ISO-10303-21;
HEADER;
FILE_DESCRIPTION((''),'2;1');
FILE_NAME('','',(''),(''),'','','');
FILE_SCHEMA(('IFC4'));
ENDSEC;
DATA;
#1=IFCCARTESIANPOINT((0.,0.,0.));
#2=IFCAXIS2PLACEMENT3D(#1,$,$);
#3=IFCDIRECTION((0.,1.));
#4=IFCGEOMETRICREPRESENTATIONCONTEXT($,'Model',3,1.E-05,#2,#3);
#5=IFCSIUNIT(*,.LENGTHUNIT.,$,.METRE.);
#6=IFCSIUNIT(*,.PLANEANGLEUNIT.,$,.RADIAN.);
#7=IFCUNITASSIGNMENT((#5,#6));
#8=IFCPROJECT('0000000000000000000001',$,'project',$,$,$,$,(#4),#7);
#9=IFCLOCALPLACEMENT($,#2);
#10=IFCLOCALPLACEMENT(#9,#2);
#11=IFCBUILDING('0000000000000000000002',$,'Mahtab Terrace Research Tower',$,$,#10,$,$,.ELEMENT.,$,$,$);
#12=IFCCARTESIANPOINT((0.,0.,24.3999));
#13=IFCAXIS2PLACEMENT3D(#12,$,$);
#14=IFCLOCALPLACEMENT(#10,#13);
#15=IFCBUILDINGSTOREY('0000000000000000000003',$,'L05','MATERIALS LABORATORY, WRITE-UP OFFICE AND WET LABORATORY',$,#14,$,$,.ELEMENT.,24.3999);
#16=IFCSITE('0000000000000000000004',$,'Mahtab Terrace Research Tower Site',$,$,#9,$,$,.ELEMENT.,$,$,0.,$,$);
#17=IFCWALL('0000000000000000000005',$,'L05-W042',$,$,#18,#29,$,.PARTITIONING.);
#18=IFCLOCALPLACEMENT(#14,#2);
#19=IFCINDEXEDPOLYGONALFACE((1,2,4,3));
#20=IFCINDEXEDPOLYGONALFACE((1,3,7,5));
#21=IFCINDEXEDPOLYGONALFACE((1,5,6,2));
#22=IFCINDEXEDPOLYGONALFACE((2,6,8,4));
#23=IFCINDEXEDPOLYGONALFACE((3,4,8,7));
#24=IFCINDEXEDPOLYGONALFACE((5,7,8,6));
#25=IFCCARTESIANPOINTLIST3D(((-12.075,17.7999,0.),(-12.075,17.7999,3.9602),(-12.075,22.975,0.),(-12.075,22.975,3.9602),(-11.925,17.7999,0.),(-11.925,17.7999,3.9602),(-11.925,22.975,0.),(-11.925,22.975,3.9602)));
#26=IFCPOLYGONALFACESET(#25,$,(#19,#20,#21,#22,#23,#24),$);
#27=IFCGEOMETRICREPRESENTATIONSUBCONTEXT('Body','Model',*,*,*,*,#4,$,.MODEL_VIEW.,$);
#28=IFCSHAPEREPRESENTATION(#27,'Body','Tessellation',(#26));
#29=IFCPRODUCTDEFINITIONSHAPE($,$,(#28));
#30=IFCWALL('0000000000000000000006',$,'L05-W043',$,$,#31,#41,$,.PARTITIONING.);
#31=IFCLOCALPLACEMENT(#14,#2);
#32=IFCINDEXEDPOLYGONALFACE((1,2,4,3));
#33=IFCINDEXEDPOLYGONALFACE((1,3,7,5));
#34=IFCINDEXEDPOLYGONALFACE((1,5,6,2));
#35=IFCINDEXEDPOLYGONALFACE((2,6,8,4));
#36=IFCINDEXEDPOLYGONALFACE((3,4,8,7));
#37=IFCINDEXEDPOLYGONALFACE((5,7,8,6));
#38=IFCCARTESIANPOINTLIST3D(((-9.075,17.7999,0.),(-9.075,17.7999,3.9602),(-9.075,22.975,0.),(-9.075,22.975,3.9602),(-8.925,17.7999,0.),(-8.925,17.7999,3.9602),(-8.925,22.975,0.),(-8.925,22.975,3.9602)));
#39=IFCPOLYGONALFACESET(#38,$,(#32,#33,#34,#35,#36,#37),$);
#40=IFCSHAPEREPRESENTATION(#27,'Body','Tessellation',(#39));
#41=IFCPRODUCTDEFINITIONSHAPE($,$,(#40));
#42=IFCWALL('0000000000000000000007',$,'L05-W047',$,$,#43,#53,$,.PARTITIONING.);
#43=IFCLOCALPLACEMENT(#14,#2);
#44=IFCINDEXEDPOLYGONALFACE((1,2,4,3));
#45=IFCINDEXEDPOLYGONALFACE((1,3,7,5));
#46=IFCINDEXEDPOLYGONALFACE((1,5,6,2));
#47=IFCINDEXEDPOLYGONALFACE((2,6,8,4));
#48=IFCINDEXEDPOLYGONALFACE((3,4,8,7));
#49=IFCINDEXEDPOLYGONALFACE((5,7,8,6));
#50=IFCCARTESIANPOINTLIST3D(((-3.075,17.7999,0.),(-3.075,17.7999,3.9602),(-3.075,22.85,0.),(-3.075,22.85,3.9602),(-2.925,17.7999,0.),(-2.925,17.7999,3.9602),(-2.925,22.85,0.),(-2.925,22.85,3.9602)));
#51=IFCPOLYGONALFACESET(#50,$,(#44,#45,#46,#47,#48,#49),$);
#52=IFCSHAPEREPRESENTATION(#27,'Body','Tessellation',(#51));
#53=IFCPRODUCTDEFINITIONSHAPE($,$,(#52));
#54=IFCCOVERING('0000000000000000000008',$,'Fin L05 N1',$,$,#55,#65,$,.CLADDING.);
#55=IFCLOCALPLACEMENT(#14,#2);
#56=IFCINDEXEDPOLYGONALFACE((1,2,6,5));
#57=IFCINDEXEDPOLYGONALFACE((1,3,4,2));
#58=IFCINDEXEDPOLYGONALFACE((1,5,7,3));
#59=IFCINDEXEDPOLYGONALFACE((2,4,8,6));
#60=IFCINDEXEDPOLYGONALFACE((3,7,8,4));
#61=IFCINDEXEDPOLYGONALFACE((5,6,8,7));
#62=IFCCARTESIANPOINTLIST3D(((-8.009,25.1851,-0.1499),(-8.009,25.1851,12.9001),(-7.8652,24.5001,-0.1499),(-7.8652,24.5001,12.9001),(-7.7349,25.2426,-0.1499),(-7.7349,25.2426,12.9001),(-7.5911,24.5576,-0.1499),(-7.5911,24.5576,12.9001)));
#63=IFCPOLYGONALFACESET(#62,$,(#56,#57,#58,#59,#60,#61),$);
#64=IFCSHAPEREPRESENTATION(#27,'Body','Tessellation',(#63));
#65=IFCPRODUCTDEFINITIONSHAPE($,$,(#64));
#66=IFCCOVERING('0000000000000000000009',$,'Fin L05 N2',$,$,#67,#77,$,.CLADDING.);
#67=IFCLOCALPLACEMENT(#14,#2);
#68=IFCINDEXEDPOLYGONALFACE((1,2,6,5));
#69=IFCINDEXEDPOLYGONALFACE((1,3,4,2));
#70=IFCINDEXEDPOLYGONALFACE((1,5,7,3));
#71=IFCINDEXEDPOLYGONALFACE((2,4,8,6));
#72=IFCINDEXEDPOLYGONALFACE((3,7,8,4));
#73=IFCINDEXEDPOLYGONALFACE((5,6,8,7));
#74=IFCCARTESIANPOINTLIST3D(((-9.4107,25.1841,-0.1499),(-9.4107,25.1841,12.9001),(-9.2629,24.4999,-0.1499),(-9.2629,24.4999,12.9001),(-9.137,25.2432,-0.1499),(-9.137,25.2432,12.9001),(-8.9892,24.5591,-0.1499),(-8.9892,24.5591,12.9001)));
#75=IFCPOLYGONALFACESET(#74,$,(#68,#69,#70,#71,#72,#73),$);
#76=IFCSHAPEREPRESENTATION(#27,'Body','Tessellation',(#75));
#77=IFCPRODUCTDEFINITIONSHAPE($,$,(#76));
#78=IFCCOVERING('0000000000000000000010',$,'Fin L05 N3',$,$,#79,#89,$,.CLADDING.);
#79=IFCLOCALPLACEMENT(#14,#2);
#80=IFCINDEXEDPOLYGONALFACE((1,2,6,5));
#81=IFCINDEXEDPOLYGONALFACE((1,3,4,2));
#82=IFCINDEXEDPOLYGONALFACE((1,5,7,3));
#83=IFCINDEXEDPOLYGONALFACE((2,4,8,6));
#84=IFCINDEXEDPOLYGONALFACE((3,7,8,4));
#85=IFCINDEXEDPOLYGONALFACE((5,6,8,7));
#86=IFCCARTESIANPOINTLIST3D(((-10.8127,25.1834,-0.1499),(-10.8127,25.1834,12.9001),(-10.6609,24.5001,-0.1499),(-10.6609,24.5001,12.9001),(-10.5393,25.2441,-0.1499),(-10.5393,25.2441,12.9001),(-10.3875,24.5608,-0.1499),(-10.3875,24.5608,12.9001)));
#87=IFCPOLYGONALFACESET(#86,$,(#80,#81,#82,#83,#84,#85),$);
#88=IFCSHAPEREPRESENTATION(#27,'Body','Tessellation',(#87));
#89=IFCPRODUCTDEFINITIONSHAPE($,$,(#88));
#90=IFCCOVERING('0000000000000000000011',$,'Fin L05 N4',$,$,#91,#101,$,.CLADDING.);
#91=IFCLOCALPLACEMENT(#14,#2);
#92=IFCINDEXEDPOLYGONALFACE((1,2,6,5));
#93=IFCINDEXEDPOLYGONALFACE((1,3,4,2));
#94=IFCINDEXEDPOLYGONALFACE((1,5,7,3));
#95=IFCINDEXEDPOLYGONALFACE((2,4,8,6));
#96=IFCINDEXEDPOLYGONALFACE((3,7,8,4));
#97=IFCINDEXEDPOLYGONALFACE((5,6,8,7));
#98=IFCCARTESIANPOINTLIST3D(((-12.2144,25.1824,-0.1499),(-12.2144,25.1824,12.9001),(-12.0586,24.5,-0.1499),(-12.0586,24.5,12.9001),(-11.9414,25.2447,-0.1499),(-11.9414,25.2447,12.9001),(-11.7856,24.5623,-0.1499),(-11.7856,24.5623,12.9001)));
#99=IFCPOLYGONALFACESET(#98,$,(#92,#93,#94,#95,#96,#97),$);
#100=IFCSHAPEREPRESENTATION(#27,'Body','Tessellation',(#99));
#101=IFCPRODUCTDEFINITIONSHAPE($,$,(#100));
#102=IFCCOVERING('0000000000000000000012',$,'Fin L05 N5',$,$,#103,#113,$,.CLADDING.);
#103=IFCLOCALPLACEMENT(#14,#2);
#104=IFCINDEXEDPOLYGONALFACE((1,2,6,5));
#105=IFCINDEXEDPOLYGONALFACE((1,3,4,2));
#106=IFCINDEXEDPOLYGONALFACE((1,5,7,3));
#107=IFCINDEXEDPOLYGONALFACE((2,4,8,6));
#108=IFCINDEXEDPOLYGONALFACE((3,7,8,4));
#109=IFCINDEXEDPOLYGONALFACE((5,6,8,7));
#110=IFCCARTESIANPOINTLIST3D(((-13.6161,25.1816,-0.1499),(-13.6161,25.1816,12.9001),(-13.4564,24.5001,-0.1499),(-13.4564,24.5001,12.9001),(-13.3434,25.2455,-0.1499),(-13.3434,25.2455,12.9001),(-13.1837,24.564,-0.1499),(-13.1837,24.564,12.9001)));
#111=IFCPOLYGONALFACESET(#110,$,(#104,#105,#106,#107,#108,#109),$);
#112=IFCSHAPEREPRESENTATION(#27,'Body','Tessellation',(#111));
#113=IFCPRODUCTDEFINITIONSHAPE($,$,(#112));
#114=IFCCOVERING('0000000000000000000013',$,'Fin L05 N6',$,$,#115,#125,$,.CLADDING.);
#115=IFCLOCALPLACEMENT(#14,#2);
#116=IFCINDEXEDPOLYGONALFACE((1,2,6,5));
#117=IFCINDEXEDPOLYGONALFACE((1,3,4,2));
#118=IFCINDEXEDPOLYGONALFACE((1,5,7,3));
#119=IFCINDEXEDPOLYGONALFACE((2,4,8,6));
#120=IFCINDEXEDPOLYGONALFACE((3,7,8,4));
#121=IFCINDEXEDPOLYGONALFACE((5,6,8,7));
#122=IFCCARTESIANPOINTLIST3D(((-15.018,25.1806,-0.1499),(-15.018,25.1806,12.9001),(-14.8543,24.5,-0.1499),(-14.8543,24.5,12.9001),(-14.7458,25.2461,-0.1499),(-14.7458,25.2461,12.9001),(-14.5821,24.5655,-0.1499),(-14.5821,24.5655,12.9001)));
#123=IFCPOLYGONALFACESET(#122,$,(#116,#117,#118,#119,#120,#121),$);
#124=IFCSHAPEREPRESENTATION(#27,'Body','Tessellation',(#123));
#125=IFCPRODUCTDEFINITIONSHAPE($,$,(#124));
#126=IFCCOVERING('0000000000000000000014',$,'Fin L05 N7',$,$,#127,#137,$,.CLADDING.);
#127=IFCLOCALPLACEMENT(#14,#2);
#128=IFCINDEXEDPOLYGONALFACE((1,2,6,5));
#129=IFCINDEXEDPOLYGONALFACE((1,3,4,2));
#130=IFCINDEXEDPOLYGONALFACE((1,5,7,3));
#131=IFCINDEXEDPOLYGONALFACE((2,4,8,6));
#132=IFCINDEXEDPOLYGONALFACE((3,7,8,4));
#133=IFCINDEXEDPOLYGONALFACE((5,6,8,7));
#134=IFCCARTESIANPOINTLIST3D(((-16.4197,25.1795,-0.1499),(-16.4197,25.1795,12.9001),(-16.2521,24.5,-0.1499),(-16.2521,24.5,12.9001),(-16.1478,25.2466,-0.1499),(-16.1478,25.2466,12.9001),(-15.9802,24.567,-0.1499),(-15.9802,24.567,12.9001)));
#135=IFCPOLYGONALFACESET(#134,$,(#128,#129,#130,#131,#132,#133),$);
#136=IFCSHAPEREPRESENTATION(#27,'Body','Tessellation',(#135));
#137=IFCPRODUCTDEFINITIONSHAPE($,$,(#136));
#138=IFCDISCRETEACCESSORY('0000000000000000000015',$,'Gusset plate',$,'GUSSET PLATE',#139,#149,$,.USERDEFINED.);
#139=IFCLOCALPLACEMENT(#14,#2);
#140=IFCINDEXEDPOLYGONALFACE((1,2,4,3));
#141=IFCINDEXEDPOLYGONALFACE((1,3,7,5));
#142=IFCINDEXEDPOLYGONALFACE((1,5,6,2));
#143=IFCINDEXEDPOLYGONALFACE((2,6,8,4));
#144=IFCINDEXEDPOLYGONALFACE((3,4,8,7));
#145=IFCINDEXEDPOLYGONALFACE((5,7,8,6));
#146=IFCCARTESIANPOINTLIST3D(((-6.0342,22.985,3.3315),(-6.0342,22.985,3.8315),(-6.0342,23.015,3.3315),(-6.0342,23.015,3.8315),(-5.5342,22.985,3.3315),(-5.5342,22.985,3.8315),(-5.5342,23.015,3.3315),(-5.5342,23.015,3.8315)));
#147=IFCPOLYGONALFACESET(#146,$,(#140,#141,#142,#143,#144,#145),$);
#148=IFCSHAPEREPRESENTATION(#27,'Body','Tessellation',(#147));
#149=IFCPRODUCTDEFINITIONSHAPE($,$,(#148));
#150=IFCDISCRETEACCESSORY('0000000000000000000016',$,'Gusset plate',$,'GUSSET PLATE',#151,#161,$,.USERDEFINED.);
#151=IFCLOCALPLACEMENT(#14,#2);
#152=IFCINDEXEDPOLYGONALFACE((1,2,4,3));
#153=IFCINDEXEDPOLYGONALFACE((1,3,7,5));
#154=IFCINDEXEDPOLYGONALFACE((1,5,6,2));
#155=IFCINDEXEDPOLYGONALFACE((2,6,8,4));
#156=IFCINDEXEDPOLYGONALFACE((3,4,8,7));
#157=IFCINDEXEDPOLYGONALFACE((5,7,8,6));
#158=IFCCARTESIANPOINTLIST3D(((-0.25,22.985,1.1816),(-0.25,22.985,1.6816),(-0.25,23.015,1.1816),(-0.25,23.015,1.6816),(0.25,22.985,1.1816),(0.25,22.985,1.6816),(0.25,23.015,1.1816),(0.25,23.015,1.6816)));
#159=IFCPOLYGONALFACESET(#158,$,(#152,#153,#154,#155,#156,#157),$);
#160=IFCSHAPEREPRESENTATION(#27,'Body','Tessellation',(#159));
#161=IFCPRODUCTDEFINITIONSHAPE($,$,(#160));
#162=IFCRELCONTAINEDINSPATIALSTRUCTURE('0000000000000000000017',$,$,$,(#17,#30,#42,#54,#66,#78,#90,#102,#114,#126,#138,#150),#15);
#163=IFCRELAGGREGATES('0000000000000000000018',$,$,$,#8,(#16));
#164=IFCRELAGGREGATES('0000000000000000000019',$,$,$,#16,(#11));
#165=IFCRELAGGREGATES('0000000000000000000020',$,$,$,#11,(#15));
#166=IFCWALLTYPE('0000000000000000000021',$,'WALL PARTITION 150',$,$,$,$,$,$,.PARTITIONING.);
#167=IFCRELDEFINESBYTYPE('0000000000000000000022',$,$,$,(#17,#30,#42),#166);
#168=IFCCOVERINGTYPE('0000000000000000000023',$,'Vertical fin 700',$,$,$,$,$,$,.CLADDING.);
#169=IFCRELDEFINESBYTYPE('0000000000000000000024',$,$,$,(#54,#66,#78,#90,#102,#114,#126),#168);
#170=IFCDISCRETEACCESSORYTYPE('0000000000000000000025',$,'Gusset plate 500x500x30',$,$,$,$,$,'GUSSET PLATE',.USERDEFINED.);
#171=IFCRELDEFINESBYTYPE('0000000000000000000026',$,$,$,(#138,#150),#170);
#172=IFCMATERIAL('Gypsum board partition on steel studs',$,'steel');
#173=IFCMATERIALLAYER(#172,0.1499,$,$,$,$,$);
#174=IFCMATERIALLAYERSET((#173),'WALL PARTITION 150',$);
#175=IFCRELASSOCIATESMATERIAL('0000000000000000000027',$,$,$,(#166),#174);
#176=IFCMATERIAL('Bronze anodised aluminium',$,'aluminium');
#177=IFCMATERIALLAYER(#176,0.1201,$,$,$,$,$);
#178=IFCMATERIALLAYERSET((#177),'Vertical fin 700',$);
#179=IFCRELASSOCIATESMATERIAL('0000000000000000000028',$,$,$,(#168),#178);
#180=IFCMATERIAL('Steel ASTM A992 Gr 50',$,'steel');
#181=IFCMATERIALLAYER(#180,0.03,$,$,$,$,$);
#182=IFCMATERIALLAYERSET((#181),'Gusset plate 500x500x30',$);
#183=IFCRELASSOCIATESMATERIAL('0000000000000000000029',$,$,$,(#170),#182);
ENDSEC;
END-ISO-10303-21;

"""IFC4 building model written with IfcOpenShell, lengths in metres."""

from ifc_helpers import new_model, si_unit, direction, frame, frame_2d, origin, origin_2d, place, context, subcontext, project, spatial, rectangle, extrude, material, layer, layer_set, type_object, element, save


model = new_model("IFC4")

# Units and contexts
model_context = context("Model", 3, precision=1e-05, world=origin(), true_north=direction((0.0, 1.0)))
body_context = subcontext(model_context, "Body", "Model", "MODEL_VIEW")
ifc_project = project(units=[si_unit("LENGTHUNIT", "METRE"), si_unit("PLANEANGLEUNIT", "RADIAN")], contexts=[model_context])

# Site, building, storey
site_placement = place(None, origin())
site = spatial("IfcSite", under=ifc_project, at=site_placement, Name="Mahtab Terrace Research Tower Site", CompositionType="ELEMENT", RefElevation=0.0)
building_placement = place(site_placement, origin())
building = spatial("IfcBuilding", under=site, at=building_placement, Name="Mahtab Terrace Research Tower", CompositionType="ELEMENT")
storey_placement = place(building_placement, frame((0.0, 0.0, 24.3999)))
storey = spatial("IfcBuildingStorey", under=building, at=storey_placement, Name="L05", Description="MATERIALS LABORATORY, WRITE-UP OFFICE AND WET LABORATORY", CompositionType="ELEMENT", Elevation=24.3999)

# Shared definitions
ifc_material_1 = material(Name="Steel ASTM A992 Gr 50", Category="steel")

# Walls
ifc_material_2 = material(Name="Gypsum board partition on steel studs", Category="steel")
ifc_layer_1 = layer(ifc_material_2, 0.1499)
ifc_layer_set_1 = layer_set([ifc_layer_1], Name="WALL PARTITION 150")
wall_type_1 = type_object("IfcWallType", Name="WALL PARTITION 150", PredefinedType="PARTITIONING", material=ifc_layer_set_1)
for number, where, z_axis, x_axis, name in (
    (1, (-12.0, 17.8, 0.0), (0.0, 0.0, 1.0), (0.0, 1.0, 0.0), "L05-W042"),
    (2, (-9.0, 17.8, 0.0), (0.0, 0.0, 1.0), (0.0, 1.0, 0.0), "L05-W043"),
):
    element("IfcWall", number, at=place(storey_placement, frame(where, z_axis=z_axis, x_axis=x_axis)), inside=storey, type_object=wall_type_1, Name=name, PredefinedType="PARTITIONING", context=body_context, shape_type="SweptSolid", body=[
        extrude(rectangle(XDim=5.175, YDim=0.1499, at=frame_2d((2.5874, 0.0))), origin(), (0.0, 0.0, 1.0), 3.9602),
    ])
wall_1_placement = place(storey_placement, frame((-3.0, 17.8, 0.0), z_axis=(0.0, 0.0, 1.0), x_axis=(0.0, 1.0, 0.0)))
element("IfcWall", 3, at=wall_1_placement, inside=storey, type_object=wall_type_1, Name="L05-W047", PredefinedType="PARTITIONING", context=body_context, shape_type="SweptSolid", body=[
    extrude(rectangle(XDim=5.05, YDim=0.1499, at=frame_2d((2.5249, 0.0))), origin(), (0.0, 0.0, 1.0), 3.9602),
])

# Coverings
ifc_material_3 = material(Name="Bronze anodised aluminium", Category="aluminium")
ifc_layer_2 = layer(ifc_material_3, 0.1201)
ifc_layer_set_2 = layer_set([ifc_layer_2], Name="Vertical fin 700")
covering_type = type_object("IfcCoveringType", Name="Vertical fin 700", PredefinedType="CLADDING", material=ifc_layer_set_2)
for number, where, z_axis, x_axis, name in (
    (4, (-7.8, 24.8713, -0.1499), (0.0, 0.0, 1.0), (-0.978663, -0.205472, 0.0), "Fin L05 N1"),
    (5, (-9.2, 24.8716, -0.1499), (0.0, 0.0, 1.0), (-0.977451, -0.211162, 0.0), "Fin L05 N2"),
    (6, (-10.6001, 24.8721, -0.1499), (0.0, 0.0, 1.0), (-0.976206, -0.216845, 0.0), "Fin L05 N3"),
    (7, (-12.0, 24.8723, -0.1499), (0.0, 0.0, 1.0), (-0.974928, -0.222521, 0.0), "Fin L05 N4"),
    (8, (-13.3999, 24.8728, -0.1499), (0.0, 0.0, 1.0), (-0.973617, -0.228189, 0.0), "Fin L05 N5"),
    (9, (-14.8, 24.873, -0.1499), (0.0, 0.0, 1.0), (-0.972273, -0.233849, 0.0), "Fin L05 N6"),
    (10, (-16.2, 24.8733, -0.1499), (0.0, 0.0, 1.0), (-0.970896, -0.239502, 0.0), "Fin L05 N7"),
):
    element("IfcCovering", number, at=place(storey_placement, frame(where, z_axis=z_axis, x_axis=x_axis)), inside=storey, type_object=covering_type, Name=name, PredefinedType="CLADDING", context=body_context, shape_type="SweptSolid", body=[
        extrude(rectangle(XDim=0.28, YDim=0.7, at=origin_2d()), origin(), (0.0, 0.0, 1.0), 13.05),
    ])

# Discrete accessories
ifc_layer_3 = layer(ifc_material_1, 0.03)
ifc_layer_set_3 = layer_set([ifc_layer_3], Name="Gusset plate 500x500x30")
discrete_accessory_type = type_object("IfcDiscreteAccessoryType", Name="Gusset plate 500x500x30", ElementType="GUSSET PLATE", PredefinedType="USERDEFINED", material=ifc_layer_set_3)
for number, where, z_axis, x_axis, name in (
    (11, (-5.7842, 23.0, 3.3315), (0.0, 0.0, 1.0), (1.0, 0.0, 0.0), "Gusset plate"),
    (12, (0.0, 23.0, 1.1816), (0.0, 0.0, 1.0), (1.0, 0.0, 0.0), "Gusset plate"),
):
    element("IfcDiscreteAccessory", number, at=place(storey_placement, frame(where, z_axis=z_axis, x_axis=x_axis)), inside=storey, type_object=discrete_accessory_type, Name=name, ObjectType="GUSSET PLATE", PredefinedType="USERDEFINED", context=body_context, shape_type="SweptSolid", body=[
        extrude(rectangle(XDim=0.5, YDim=0.03, at=origin_2d()), origin(), (0.0, 0.0, 1.0), 0.5),
    ])

save(model, "model.ifc")
